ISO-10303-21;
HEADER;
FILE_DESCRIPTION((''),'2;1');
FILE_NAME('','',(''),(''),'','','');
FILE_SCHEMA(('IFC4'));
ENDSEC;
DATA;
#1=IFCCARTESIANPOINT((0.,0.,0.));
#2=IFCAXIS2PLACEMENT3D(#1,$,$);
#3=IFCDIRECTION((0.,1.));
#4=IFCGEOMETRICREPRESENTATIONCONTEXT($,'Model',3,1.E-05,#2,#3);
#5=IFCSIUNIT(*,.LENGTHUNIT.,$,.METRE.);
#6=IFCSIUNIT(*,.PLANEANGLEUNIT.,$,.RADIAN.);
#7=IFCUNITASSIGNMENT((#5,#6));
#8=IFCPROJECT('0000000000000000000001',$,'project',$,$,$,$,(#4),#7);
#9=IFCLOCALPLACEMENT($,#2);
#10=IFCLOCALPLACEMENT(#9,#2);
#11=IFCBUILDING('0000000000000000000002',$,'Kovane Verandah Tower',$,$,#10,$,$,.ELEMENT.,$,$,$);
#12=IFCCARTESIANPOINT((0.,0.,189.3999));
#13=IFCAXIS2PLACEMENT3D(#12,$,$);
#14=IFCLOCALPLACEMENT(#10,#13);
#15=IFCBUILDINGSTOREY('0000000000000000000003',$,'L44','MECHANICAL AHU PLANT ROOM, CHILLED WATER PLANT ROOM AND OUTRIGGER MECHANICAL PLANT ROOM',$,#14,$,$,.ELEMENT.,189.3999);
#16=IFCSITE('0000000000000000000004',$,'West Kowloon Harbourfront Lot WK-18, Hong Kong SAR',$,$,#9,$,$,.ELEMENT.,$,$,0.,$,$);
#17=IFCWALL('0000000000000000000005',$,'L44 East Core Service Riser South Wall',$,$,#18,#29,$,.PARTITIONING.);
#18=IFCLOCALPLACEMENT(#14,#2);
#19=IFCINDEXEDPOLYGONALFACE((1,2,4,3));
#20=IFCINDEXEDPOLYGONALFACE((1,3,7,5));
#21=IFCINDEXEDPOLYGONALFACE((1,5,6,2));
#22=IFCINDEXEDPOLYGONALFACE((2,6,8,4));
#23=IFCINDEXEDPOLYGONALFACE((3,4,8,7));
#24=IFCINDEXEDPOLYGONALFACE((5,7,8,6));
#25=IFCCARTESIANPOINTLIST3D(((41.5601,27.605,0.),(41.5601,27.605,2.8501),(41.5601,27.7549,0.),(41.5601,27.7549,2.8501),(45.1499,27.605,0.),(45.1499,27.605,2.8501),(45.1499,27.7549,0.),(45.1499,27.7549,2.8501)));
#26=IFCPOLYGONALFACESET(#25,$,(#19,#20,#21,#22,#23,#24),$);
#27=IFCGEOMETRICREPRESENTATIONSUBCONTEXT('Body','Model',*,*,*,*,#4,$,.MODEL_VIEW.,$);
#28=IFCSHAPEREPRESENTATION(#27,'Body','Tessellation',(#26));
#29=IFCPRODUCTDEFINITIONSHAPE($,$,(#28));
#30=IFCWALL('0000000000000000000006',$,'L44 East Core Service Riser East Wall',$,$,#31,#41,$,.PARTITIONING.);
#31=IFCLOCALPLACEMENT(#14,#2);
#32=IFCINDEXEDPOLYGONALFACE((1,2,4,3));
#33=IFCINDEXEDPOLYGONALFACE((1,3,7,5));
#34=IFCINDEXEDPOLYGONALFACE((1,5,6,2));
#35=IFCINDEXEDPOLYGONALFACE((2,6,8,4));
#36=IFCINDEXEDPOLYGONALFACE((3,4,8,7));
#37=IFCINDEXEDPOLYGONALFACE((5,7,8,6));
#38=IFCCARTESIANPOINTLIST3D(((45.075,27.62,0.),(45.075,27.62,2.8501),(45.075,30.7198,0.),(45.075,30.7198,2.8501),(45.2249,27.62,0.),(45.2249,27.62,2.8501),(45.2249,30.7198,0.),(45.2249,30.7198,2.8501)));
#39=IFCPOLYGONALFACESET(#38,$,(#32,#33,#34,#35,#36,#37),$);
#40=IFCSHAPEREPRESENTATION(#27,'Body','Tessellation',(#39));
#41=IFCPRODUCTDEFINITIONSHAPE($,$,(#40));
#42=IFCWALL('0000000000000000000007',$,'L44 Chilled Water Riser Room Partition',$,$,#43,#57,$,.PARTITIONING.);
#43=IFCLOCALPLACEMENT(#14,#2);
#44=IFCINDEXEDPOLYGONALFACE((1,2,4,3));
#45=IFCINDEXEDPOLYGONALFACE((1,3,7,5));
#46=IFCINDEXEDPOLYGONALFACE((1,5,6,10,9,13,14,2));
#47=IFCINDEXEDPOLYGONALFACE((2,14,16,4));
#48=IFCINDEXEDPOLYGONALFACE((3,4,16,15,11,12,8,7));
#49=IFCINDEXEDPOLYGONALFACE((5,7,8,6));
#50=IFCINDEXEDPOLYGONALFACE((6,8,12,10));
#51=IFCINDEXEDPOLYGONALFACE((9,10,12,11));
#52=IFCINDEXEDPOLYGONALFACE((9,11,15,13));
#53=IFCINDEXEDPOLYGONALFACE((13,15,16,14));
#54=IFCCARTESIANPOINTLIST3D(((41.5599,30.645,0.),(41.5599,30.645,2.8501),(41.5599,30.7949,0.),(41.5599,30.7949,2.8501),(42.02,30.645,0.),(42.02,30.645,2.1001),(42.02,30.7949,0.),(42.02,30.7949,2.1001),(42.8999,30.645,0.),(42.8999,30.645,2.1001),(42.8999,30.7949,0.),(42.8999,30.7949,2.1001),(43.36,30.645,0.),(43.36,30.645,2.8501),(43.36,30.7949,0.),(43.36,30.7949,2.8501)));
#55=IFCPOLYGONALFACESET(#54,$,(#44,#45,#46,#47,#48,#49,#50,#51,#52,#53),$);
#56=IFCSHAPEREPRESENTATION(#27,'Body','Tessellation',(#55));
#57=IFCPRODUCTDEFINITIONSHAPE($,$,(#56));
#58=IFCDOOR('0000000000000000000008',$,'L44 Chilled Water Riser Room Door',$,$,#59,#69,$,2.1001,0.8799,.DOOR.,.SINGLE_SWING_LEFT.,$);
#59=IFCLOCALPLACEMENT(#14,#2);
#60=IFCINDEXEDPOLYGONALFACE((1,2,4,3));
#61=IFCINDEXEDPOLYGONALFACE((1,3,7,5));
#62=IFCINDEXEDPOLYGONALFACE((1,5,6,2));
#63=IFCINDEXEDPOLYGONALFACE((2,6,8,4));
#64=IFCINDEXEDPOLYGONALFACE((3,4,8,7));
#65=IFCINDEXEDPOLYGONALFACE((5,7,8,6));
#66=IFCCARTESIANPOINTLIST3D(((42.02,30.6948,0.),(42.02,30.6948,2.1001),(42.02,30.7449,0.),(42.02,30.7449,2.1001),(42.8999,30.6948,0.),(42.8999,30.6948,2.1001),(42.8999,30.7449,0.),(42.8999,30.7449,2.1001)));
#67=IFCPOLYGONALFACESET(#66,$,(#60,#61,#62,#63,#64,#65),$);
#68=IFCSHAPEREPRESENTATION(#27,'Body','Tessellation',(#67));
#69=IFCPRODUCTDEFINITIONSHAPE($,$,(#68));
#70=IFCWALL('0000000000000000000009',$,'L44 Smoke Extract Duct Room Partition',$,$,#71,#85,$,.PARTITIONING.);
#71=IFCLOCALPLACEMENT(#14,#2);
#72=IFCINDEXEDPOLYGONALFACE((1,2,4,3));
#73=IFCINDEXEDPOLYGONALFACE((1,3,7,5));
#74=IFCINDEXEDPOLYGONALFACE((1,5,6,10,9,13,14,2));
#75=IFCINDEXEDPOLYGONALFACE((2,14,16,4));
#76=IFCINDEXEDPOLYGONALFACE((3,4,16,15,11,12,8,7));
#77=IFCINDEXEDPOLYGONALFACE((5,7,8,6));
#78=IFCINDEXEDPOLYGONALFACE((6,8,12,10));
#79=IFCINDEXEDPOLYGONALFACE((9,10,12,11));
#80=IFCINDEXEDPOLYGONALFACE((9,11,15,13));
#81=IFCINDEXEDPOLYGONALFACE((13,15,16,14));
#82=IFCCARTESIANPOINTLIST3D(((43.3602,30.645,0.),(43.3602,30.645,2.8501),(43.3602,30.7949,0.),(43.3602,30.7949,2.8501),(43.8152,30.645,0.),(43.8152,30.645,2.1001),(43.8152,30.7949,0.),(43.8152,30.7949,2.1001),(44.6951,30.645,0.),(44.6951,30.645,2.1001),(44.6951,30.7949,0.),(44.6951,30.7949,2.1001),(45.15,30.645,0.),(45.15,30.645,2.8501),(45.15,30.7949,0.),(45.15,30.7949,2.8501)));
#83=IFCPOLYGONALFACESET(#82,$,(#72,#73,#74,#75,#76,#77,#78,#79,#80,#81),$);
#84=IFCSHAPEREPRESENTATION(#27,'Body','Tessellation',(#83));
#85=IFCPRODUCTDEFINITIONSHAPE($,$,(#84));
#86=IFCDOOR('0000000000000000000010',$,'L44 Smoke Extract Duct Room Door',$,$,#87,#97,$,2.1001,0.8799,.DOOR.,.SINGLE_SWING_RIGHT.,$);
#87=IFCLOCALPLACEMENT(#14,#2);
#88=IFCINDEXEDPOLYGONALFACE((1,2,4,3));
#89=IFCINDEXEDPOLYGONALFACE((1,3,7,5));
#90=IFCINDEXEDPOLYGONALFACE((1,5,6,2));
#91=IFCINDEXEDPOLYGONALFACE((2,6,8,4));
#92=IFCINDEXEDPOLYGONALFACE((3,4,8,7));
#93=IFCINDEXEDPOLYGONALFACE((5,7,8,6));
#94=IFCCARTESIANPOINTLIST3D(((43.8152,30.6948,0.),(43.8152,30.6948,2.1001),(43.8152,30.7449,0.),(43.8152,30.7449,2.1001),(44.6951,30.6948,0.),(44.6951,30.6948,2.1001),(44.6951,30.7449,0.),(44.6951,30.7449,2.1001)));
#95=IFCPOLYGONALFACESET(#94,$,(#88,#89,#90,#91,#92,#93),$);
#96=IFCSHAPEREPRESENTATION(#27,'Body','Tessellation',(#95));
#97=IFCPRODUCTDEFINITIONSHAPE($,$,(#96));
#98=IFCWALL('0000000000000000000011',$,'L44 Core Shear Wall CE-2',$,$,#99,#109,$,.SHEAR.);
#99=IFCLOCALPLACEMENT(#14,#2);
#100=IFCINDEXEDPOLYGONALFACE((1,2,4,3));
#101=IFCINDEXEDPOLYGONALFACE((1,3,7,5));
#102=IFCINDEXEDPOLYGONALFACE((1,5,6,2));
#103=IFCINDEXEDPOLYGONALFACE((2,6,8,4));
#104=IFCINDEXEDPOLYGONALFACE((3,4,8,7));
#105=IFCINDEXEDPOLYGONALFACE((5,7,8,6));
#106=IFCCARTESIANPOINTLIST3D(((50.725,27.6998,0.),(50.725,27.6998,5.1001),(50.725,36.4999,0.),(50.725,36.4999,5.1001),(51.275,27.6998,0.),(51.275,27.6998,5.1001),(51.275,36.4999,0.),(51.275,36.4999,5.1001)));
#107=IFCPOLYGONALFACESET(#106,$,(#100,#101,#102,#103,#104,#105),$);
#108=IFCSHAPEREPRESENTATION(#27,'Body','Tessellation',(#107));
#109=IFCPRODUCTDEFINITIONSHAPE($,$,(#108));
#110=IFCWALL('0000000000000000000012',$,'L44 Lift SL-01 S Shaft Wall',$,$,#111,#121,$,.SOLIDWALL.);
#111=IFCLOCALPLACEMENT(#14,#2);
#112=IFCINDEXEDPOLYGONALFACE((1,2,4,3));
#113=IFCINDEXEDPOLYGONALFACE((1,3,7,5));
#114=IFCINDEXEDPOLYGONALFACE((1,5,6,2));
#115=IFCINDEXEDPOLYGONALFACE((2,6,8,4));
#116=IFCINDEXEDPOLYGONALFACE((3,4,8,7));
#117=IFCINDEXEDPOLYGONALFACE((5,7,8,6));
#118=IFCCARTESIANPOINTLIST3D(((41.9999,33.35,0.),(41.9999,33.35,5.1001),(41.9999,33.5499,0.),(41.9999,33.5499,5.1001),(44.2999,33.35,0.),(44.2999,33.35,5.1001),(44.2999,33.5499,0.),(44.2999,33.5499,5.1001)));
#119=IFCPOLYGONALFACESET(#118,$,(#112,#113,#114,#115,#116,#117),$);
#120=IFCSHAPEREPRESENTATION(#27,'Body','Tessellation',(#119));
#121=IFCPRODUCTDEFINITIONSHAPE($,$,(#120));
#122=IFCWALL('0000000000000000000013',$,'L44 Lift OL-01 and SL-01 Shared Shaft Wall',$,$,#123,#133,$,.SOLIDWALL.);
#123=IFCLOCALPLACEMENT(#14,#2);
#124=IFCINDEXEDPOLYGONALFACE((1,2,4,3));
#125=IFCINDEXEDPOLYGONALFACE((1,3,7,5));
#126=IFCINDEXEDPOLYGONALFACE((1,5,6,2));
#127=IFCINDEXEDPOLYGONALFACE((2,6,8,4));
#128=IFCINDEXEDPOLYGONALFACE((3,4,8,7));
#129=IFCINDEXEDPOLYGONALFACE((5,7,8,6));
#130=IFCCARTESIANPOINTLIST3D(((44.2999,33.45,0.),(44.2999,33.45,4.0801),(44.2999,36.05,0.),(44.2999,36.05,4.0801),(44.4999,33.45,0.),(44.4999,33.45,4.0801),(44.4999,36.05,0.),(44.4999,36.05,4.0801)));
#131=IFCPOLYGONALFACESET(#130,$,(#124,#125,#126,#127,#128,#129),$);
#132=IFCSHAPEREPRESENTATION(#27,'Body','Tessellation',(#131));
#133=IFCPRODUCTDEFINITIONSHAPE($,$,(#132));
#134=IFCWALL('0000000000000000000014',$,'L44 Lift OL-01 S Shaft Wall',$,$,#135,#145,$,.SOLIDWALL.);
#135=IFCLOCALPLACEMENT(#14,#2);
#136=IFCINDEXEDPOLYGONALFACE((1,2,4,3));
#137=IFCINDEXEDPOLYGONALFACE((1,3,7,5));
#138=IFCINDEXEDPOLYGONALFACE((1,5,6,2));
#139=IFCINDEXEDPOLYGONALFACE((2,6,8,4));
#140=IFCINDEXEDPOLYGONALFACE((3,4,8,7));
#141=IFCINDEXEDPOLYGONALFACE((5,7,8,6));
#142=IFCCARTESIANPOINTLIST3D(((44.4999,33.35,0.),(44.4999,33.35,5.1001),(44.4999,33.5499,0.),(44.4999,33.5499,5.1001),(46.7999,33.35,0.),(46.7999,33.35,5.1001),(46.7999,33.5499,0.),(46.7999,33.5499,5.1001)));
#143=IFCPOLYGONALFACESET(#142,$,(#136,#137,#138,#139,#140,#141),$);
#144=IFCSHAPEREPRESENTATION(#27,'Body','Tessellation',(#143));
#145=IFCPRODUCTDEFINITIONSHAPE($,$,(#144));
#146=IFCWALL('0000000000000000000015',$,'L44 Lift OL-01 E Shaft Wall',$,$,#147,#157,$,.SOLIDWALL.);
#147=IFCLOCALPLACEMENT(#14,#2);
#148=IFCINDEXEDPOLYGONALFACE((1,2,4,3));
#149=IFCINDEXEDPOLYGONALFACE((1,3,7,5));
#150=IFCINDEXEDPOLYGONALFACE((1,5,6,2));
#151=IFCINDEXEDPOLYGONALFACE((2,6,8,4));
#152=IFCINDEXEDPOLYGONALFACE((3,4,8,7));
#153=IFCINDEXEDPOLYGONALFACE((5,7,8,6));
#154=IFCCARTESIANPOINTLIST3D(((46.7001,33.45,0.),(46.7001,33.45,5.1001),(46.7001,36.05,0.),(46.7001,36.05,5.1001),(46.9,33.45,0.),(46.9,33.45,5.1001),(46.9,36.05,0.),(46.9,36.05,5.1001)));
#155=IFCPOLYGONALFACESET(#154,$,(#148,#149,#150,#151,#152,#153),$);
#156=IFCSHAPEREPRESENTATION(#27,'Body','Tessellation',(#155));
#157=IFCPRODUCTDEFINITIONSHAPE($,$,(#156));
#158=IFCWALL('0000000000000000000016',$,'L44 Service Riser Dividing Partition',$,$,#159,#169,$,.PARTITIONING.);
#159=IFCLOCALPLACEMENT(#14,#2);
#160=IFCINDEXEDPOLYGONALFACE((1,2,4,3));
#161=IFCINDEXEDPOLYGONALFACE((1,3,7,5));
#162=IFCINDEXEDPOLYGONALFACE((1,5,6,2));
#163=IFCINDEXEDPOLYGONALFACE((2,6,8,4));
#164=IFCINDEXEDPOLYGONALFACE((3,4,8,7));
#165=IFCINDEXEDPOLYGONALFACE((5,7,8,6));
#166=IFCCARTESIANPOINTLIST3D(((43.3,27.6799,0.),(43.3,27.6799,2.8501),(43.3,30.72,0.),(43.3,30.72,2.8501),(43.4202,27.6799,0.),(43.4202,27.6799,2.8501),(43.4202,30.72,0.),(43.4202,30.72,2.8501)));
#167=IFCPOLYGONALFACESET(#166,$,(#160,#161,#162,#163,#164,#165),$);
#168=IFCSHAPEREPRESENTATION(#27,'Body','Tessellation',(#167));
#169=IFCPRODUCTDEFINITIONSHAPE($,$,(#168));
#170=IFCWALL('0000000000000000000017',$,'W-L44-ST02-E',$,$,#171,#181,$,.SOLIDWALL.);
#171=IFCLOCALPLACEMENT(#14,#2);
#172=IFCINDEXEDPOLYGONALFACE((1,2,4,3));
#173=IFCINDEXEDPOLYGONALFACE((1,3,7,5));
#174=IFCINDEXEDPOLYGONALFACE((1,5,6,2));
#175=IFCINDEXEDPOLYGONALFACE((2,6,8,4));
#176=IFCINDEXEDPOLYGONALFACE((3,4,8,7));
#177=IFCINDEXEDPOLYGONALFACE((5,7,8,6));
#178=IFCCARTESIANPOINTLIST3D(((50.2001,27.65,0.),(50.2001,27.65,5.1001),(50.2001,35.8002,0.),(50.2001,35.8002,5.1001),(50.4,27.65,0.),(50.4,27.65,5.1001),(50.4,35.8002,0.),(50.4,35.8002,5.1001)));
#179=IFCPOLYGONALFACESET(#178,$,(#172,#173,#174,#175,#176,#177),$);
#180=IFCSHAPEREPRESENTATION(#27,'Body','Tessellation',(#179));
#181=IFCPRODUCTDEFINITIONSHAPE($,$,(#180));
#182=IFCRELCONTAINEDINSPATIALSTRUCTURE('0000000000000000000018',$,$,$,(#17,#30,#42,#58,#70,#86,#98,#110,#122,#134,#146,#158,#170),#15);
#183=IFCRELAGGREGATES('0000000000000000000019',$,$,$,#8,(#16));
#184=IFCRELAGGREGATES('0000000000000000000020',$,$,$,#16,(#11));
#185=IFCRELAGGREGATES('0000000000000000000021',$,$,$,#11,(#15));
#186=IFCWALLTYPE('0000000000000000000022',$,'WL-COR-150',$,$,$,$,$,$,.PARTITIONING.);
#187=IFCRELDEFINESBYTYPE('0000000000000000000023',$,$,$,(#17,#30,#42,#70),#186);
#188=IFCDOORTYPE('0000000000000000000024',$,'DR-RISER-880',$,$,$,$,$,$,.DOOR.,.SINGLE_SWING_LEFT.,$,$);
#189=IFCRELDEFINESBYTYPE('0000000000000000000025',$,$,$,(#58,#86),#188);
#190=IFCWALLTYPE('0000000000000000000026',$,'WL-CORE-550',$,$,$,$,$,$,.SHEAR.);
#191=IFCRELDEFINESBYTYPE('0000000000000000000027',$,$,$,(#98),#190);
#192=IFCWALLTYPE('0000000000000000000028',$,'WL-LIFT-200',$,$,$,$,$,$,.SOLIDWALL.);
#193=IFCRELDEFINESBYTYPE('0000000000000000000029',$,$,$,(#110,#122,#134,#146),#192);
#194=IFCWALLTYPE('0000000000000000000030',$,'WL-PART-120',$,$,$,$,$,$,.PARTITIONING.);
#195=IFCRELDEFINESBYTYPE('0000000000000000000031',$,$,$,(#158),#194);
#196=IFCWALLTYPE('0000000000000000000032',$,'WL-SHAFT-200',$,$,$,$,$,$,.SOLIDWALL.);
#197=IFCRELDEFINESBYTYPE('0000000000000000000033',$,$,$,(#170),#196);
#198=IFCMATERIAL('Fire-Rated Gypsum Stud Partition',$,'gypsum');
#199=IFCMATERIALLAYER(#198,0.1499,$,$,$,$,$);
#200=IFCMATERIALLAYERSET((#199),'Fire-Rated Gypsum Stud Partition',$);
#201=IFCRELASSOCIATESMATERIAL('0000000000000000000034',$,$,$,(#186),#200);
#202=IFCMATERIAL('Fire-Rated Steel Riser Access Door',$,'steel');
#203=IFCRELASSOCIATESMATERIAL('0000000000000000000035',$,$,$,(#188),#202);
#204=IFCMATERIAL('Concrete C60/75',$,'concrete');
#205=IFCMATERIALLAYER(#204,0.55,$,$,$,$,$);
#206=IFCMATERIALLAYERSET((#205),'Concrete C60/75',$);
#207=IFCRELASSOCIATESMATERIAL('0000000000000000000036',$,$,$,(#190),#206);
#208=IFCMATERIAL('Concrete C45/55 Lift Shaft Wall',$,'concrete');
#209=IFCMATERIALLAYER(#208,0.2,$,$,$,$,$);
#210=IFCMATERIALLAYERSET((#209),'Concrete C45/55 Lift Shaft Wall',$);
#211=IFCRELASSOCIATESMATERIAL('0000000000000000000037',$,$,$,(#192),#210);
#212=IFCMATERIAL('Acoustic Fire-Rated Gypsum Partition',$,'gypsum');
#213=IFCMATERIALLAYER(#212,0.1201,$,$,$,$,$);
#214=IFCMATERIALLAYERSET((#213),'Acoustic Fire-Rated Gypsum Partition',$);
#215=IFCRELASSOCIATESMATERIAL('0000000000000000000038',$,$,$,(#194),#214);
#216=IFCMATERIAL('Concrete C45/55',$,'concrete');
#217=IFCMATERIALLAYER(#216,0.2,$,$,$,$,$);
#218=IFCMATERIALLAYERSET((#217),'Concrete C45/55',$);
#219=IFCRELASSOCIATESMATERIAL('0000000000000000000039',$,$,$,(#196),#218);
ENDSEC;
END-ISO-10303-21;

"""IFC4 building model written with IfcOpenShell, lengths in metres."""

from ifc_helpers import new_model, si_unit, direction, frame, frame_2d, origin, place, context, subcontext, project, spatial, rectangle, extrude, material, layer, layer_set, type_object, element, fill, save


model = new_model("IFC4")

# Units and contexts
model_context = context("Model", 3, precision=1e-05, world=origin(), true_north=direction((0.0, 1.0)))
body_context = subcontext(model_context, "Body", "Model", "MODEL_VIEW")
ifc_project = project(units=[si_unit("LENGTHUNIT", "METRE"), si_unit("PLANEANGLEUNIT", "RADIAN")], contexts=[model_context])

# Site, building, storey
site_placement = place(None, origin())
site = spatial("IfcSite", under=ifc_project, at=site_placement, Name="West Kowloon Harbourfront Lot WK-18, Hong Kong SAR", CompositionType="ELEMENT", RefElevation=0.0)
building_placement = place(site_placement, origin())
building = spatial("IfcBuilding", under=site, at=building_placement, Name="Kovane Verandah Tower", CompositionType="ELEMENT")
storey_placement = place(building_placement, frame((0.0, 0.0, 189.3999)))
storey = spatial("IfcBuildingStorey", under=building, at=storey_placement, Name="L44", Description="MECHANICAL AHU PLANT ROOM, CHILLED WATER PLANT ROOM AND OUTRIGGER MECHANICAL PLANT ROOM", CompositionType="ELEMENT", Elevation=189.3999)

# Walls
ifc_material_1 = material(Name="Fire-Rated Gypsum Stud Partition", Category="gypsum")
ifc_layer_1 = layer(ifc_material_1, 0.1499)
ifc_layer_set_1 = layer_set([ifc_layer_1], Name="Fire-Rated Gypsum Stud Partition")
wall_type_1 = type_object("IfcWallType", Name="WL-COR-150", PredefinedType="PARTITIONING", material=ifc_layer_set_1)
wall_1_placement = place(storey_placement, frame((41.5601, 27.6799, 0.0), z_axis=(0.0, 0.0, 1.0), x_axis=(1.0, 0.0, 0.0)))
element("IfcWall", 1, at=wall_1_placement, inside=storey, type_object=wall_type_1, Name="L44 East Core Service Riser South Wall", PredefinedType="PARTITIONING", context=body_context, shape_type="SweptSolid", body=[
    extrude(rectangle(XDim=3.5898, YDim=0.1499, at=frame_2d((1.7949, 0.0))), origin(), (0.0, 0.0, 1.0), 2.8501),
])
wall_2_placement = place(storey_placement, frame((45.1499, 27.6201, 0.0), z_axis=(0.0, 0.0, 1.0), x_axis=(0.0, 1.0, 0.0)))
element("IfcWall", 2, at=wall_2_placement, inside=storey, type_object=wall_type_1, Name="L44 East Core Service Riser East Wall", PredefinedType="PARTITIONING", context=body_context, shape_type="SweptSolid", body=[
    extrude(rectangle(XDim=3.0999, YDim=0.1499, at=frame_2d((1.5498, 0.0))), origin(), (0.0, 0.0, 1.0), 2.8501),
])

# Walls, openings, doors
wall_3_placement = place(storey_placement, frame((41.5601, 30.72, 0.0), z_axis=(0.0, 0.0, 1.0), x_axis=(1.0, 0.0, 0.0)))
wall_3 = element("IfcWall", 3, at=wall_3_placement, inside=storey, type_object=wall_type_1, Name="L44 Chilled Water Riser Room Partition", PredefinedType="PARTITIONING", context=body_context, shape_type="SweptSolid", body=[
    extrude(rectangle(XDim=1.8, YDim=0.1499, at=frame_2d((0.8999, 0.0))), origin(), (0.0, 0.0, 1.0), 2.8501),
])
opening_1_placement = place(wall_3_placement, frame((0.46, 0.0, 0.0)))
opening_1 = element("IfcOpeningElement", 4, at=opening_1_placement, cuts=wall_3, PredefinedType="OPENING", context=body_context, shape_type="SweptSolid", body=[
    extrude(rectangle(XDim=0.8799, YDim=2.1001, at=frame_2d((0.4399, 1.05))), frame((0.0, 0.075, 0.0), z_axis=(0.0, -1.0, 0.0), x_axis=(1.0, 0.0, 0.0)), (0.0, 0.0, 1.0), 0.1499),
])
ifc_material_2 = material(Name="Fire-Rated Steel Riser Access Door", Category="steel")
door_type_1 = type_object("IfcDoorType", Name="DR-RISER-880", OperationType="SINGLE_SWING_LEFT", PredefinedType="DOOR", material=ifc_material_2)
door_1_placement = place(opening_1_placement, origin())
door_1 = element("IfcDoor", 5, at=door_1_placement, inside=storey, type_object=door_type_1, Name="L44 Chilled Water Riser Room Door", OperationType="SINGLE_SWING_LEFT", OverallHeight=2.1001, OverallWidth=0.8799, PredefinedType="DOOR", context=body_context, shape_type="SweptSolid", body=[
    extrude(rectangle(XDim=0.8799, YDim=2.1001, at=frame_2d((0.4399, 1.05))), frame((0.0, 0.0249, 0.0), z_axis=(0.0, -1.0, 0.0), x_axis=(1.0, 0.0, 0.0)), (0.0, 0.0, 1.0), 0.05),
])
fill(opening_1, door_1)
wall_4_placement = place(storey_placement, frame((43.3601, 30.72, 0.0), z_axis=(0.0, 0.0, 1.0), x_axis=(1.0, 0.0, 0.0)))
wall_4 = element("IfcWall", 6, at=wall_4_placement, inside=storey, type_object=wall_type_1, Name="L44 Smoke Extract Duct Room Partition", PredefinedType="PARTITIONING", context=body_context, shape_type="SweptSolid", body=[
    extrude(rectangle(XDim=1.7898, YDim=0.1499, at=frame_2d((0.895, 0.0))), origin(), (0.0, 0.0, 1.0), 2.8501),
])
opening_2_placement = place(wall_4_placement, frame((0.4551, 0.0, 0.0)))
opening_2 = element("IfcOpeningElement", 7, at=opening_2_placement, cuts=wall_4, PredefinedType="OPENING", context=body_context, shape_type="SweptSolid", body=[
    extrude(rectangle(XDim=0.8799, YDim=2.1001, at=frame_2d((0.4399, 1.05))), frame((0.0, 0.075, 0.0), z_axis=(0.0, -1.0, 0.0), x_axis=(1.0, 0.0, 0.0)), (0.0, 0.0, 1.0), 0.1499),
])
door_2_placement = place(opening_2_placement, origin())
door_2 = element("IfcDoor", 8, at=door_2_placement, inside=storey, type_object=door_type_1, Name="L44 Smoke Extract Duct Room Door", OperationType="SINGLE_SWING_RIGHT", OverallHeight=2.1001, OverallWidth=0.8799, PredefinedType="DOOR", context=body_context, shape_type="SweptSolid", body=[
    extrude(rectangle(XDim=0.8799, YDim=2.1001, at=frame_2d((0.4399, 1.05))), frame((0.0, 0.0249, 0.0), z_axis=(0.0, -1.0, 0.0), x_axis=(1.0, 0.0, 0.0)), (0.0, 0.0, 1.0), 0.05),
])
fill(opening_2, door_2)

# Wall
ifc_material_3 = material(Name="Concrete C60/75", Category="concrete")
ifc_layer_2 = layer(ifc_material_3, 0.55)
ifc_layer_set_2 = layer_set([ifc_layer_2], Name="Concrete C60/75")
wall_type_2 = type_object("IfcWallType", Name="WL-CORE-550", PredefinedType="SHEAR", material=ifc_layer_set_2)
wall_5_placement = place(storey_placement, frame((51.0, 27.7, 0.0), z_axis=(0.0, 0.0, 1.0), x_axis=(0.0, 1.0, 0.0)))
element("IfcWall", 9, at=wall_5_placement, inside=storey, type_object=wall_type_2, Name="L44 Core Shear Wall CE-2", PredefinedType="SHEAR", context=body_context, shape_type="SweptSolid", body=[
    extrude(rectangle(XDim=8.8, YDim=0.55, at=frame_2d((4.3999, 0.0))), origin(), (0.0, 0.0, 1.0), 5.1001),
])

# Walls
ifc_material_4 = material(Name="Concrete C45/55 Lift Shaft Wall", Category="concrete")
ifc_layer_3 = layer(ifc_material_4, 0.2)
ifc_layer_set_3 = layer_set([ifc_layer_3], Name="Concrete C45/55 Lift Shaft Wall")
wall_type_3 = type_object("IfcWallType", Name="WL-LIFT-200", PredefinedType="SOLIDWALL", material=ifc_layer_set_3)
wall_6_placement = place(storey_placement, frame((42.0, 33.45, 0.0), z_axis=(0.0, 0.0, 1.0), x_axis=(1.0, 0.0, 0.0)))
element("IfcWall", 10, at=wall_6_placement, inside=storey, type_object=wall_type_3, Name="L44 Lift SL-01 S Shaft Wall", PredefinedType="SOLIDWALL", context=body_context, shape_type="SweptSolid", body=[
    extrude(rectangle(XDim=2.3, YDim=0.2, at=frame_2d((1.1499, 0.0))), origin(), (0.0, 0.0, 1.0), 5.1001),
])
wall_7_placement = place(storey_placement, frame((44.3999, 33.45, 0.0), z_axis=(0.0, 0.0, 1.0), x_axis=(0.0, 1.0, 0.0)))
element("IfcWall", 11, at=wall_7_placement, inside=storey, type_object=wall_type_3, Name="L44 Lift OL-01 and SL-01 Shared Shaft Wall", PredefinedType="SOLIDWALL", context=body_context, shape_type="SweptSolid", body=[
    extrude(rectangle(XDim=2.6001, YDim=0.2, at=frame_2d((1.3, 0.0))), origin(), (0.0, 0.0, 1.0), 4.0801),
])
wall_8_placement = place(storey_placement, frame((44.5, 33.45, 0.0), z_axis=(0.0, 0.0, 1.0), x_axis=(1.0, 0.0, 0.0)))
element("IfcWall", 12, at=wall_8_placement, inside=storey, type_object=wall_type_3, Name="L44 Lift OL-01 S Shaft Wall", PredefinedType="SOLIDWALL", context=body_context, shape_type="SweptSolid", body=[
    extrude(rectangle(XDim=2.3, YDim=0.2, at=frame_2d((1.1499, 0.0))), origin(), (0.0, 0.0, 1.0), 5.1001),
])
wall_9_placement = place(storey_placement, frame((46.8, 33.45, 0.0), z_axis=(0.0, 0.0, 1.0), x_axis=(0.0, 1.0, 0.0)))
element("IfcWall", 13, at=wall_9_placement, inside=storey, type_object=wall_type_3, Name="L44 Lift OL-01 E Shaft Wall", PredefinedType="SOLIDWALL", context=body_context, shape_type="SweptSolid", body=[
    extrude(rectangle(XDim=2.6001, YDim=0.2, at=frame_2d((1.3, 0.0))), origin(), (0.0, 0.0, 1.0), 5.1001),
])
ifc_material_5 = material(Name="Acoustic Fire-Rated Gypsum Partition", Category="gypsum")
ifc_layer_4 = layer(ifc_material_5, 0.1201)
ifc_layer_set_4 = layer_set([ifc_layer_4], Name="Acoustic Fire-Rated Gypsum Partition")
wall_type_4 = type_object("IfcWallType", Name="WL-PART-120", PredefinedType="PARTITIONING", material=ifc_layer_set_4)
wall_10_placement = place(storey_placement, frame((43.3601, 27.6799, 0.0), z_axis=(0.0, 0.0, 1.0), x_axis=(0.0, 1.0, 0.0)))
element("IfcWall", 14, at=wall_10_placement, inside=storey, type_object=wall_type_4, Name="L44 Service Riser Dividing Partition", PredefinedType="PARTITIONING", context=body_context, shape_type="SweptSolid", body=[
    extrude(rectangle(XDim=3.04, YDim=0.1201, at=frame_2d((1.52, 0.0))), origin(), (0.0, 0.0, 1.0), 2.8501),
])
ifc_material_6 = material(Name="Concrete C45/55", Category="concrete")
ifc_layer_5 = layer(ifc_material_6, 0.2)
ifc_layer_set_5 = layer_set([ifc_layer_5], Name="Concrete C45/55")
wall_type_5 = type_object("IfcWallType", Name="WL-SHAFT-200", PredefinedType="SOLIDWALL", material=ifc_layer_set_5)
wall_11_placement = place(storey_placement, frame((50.3, 27.6499, 0.0), z_axis=(0.0, 0.0, 1.0), x_axis=(0.0, 1.0, 0.0)))
element("IfcWall", 15, at=wall_11_placement, inside=storey, type_object=wall_type_5, Name="W-L44-ST02-E", PredefinedType="SOLIDWALL", context=body_context, shape_type="SweptSolid", body=[
    extrude(rectangle(XDim=8.1501, YDim=0.2, at=frame_2d((4.0752, 0.0))), origin(), (0.0, 0.0, 1.0), 5.1001),
])

save(model, "model.ifc")
